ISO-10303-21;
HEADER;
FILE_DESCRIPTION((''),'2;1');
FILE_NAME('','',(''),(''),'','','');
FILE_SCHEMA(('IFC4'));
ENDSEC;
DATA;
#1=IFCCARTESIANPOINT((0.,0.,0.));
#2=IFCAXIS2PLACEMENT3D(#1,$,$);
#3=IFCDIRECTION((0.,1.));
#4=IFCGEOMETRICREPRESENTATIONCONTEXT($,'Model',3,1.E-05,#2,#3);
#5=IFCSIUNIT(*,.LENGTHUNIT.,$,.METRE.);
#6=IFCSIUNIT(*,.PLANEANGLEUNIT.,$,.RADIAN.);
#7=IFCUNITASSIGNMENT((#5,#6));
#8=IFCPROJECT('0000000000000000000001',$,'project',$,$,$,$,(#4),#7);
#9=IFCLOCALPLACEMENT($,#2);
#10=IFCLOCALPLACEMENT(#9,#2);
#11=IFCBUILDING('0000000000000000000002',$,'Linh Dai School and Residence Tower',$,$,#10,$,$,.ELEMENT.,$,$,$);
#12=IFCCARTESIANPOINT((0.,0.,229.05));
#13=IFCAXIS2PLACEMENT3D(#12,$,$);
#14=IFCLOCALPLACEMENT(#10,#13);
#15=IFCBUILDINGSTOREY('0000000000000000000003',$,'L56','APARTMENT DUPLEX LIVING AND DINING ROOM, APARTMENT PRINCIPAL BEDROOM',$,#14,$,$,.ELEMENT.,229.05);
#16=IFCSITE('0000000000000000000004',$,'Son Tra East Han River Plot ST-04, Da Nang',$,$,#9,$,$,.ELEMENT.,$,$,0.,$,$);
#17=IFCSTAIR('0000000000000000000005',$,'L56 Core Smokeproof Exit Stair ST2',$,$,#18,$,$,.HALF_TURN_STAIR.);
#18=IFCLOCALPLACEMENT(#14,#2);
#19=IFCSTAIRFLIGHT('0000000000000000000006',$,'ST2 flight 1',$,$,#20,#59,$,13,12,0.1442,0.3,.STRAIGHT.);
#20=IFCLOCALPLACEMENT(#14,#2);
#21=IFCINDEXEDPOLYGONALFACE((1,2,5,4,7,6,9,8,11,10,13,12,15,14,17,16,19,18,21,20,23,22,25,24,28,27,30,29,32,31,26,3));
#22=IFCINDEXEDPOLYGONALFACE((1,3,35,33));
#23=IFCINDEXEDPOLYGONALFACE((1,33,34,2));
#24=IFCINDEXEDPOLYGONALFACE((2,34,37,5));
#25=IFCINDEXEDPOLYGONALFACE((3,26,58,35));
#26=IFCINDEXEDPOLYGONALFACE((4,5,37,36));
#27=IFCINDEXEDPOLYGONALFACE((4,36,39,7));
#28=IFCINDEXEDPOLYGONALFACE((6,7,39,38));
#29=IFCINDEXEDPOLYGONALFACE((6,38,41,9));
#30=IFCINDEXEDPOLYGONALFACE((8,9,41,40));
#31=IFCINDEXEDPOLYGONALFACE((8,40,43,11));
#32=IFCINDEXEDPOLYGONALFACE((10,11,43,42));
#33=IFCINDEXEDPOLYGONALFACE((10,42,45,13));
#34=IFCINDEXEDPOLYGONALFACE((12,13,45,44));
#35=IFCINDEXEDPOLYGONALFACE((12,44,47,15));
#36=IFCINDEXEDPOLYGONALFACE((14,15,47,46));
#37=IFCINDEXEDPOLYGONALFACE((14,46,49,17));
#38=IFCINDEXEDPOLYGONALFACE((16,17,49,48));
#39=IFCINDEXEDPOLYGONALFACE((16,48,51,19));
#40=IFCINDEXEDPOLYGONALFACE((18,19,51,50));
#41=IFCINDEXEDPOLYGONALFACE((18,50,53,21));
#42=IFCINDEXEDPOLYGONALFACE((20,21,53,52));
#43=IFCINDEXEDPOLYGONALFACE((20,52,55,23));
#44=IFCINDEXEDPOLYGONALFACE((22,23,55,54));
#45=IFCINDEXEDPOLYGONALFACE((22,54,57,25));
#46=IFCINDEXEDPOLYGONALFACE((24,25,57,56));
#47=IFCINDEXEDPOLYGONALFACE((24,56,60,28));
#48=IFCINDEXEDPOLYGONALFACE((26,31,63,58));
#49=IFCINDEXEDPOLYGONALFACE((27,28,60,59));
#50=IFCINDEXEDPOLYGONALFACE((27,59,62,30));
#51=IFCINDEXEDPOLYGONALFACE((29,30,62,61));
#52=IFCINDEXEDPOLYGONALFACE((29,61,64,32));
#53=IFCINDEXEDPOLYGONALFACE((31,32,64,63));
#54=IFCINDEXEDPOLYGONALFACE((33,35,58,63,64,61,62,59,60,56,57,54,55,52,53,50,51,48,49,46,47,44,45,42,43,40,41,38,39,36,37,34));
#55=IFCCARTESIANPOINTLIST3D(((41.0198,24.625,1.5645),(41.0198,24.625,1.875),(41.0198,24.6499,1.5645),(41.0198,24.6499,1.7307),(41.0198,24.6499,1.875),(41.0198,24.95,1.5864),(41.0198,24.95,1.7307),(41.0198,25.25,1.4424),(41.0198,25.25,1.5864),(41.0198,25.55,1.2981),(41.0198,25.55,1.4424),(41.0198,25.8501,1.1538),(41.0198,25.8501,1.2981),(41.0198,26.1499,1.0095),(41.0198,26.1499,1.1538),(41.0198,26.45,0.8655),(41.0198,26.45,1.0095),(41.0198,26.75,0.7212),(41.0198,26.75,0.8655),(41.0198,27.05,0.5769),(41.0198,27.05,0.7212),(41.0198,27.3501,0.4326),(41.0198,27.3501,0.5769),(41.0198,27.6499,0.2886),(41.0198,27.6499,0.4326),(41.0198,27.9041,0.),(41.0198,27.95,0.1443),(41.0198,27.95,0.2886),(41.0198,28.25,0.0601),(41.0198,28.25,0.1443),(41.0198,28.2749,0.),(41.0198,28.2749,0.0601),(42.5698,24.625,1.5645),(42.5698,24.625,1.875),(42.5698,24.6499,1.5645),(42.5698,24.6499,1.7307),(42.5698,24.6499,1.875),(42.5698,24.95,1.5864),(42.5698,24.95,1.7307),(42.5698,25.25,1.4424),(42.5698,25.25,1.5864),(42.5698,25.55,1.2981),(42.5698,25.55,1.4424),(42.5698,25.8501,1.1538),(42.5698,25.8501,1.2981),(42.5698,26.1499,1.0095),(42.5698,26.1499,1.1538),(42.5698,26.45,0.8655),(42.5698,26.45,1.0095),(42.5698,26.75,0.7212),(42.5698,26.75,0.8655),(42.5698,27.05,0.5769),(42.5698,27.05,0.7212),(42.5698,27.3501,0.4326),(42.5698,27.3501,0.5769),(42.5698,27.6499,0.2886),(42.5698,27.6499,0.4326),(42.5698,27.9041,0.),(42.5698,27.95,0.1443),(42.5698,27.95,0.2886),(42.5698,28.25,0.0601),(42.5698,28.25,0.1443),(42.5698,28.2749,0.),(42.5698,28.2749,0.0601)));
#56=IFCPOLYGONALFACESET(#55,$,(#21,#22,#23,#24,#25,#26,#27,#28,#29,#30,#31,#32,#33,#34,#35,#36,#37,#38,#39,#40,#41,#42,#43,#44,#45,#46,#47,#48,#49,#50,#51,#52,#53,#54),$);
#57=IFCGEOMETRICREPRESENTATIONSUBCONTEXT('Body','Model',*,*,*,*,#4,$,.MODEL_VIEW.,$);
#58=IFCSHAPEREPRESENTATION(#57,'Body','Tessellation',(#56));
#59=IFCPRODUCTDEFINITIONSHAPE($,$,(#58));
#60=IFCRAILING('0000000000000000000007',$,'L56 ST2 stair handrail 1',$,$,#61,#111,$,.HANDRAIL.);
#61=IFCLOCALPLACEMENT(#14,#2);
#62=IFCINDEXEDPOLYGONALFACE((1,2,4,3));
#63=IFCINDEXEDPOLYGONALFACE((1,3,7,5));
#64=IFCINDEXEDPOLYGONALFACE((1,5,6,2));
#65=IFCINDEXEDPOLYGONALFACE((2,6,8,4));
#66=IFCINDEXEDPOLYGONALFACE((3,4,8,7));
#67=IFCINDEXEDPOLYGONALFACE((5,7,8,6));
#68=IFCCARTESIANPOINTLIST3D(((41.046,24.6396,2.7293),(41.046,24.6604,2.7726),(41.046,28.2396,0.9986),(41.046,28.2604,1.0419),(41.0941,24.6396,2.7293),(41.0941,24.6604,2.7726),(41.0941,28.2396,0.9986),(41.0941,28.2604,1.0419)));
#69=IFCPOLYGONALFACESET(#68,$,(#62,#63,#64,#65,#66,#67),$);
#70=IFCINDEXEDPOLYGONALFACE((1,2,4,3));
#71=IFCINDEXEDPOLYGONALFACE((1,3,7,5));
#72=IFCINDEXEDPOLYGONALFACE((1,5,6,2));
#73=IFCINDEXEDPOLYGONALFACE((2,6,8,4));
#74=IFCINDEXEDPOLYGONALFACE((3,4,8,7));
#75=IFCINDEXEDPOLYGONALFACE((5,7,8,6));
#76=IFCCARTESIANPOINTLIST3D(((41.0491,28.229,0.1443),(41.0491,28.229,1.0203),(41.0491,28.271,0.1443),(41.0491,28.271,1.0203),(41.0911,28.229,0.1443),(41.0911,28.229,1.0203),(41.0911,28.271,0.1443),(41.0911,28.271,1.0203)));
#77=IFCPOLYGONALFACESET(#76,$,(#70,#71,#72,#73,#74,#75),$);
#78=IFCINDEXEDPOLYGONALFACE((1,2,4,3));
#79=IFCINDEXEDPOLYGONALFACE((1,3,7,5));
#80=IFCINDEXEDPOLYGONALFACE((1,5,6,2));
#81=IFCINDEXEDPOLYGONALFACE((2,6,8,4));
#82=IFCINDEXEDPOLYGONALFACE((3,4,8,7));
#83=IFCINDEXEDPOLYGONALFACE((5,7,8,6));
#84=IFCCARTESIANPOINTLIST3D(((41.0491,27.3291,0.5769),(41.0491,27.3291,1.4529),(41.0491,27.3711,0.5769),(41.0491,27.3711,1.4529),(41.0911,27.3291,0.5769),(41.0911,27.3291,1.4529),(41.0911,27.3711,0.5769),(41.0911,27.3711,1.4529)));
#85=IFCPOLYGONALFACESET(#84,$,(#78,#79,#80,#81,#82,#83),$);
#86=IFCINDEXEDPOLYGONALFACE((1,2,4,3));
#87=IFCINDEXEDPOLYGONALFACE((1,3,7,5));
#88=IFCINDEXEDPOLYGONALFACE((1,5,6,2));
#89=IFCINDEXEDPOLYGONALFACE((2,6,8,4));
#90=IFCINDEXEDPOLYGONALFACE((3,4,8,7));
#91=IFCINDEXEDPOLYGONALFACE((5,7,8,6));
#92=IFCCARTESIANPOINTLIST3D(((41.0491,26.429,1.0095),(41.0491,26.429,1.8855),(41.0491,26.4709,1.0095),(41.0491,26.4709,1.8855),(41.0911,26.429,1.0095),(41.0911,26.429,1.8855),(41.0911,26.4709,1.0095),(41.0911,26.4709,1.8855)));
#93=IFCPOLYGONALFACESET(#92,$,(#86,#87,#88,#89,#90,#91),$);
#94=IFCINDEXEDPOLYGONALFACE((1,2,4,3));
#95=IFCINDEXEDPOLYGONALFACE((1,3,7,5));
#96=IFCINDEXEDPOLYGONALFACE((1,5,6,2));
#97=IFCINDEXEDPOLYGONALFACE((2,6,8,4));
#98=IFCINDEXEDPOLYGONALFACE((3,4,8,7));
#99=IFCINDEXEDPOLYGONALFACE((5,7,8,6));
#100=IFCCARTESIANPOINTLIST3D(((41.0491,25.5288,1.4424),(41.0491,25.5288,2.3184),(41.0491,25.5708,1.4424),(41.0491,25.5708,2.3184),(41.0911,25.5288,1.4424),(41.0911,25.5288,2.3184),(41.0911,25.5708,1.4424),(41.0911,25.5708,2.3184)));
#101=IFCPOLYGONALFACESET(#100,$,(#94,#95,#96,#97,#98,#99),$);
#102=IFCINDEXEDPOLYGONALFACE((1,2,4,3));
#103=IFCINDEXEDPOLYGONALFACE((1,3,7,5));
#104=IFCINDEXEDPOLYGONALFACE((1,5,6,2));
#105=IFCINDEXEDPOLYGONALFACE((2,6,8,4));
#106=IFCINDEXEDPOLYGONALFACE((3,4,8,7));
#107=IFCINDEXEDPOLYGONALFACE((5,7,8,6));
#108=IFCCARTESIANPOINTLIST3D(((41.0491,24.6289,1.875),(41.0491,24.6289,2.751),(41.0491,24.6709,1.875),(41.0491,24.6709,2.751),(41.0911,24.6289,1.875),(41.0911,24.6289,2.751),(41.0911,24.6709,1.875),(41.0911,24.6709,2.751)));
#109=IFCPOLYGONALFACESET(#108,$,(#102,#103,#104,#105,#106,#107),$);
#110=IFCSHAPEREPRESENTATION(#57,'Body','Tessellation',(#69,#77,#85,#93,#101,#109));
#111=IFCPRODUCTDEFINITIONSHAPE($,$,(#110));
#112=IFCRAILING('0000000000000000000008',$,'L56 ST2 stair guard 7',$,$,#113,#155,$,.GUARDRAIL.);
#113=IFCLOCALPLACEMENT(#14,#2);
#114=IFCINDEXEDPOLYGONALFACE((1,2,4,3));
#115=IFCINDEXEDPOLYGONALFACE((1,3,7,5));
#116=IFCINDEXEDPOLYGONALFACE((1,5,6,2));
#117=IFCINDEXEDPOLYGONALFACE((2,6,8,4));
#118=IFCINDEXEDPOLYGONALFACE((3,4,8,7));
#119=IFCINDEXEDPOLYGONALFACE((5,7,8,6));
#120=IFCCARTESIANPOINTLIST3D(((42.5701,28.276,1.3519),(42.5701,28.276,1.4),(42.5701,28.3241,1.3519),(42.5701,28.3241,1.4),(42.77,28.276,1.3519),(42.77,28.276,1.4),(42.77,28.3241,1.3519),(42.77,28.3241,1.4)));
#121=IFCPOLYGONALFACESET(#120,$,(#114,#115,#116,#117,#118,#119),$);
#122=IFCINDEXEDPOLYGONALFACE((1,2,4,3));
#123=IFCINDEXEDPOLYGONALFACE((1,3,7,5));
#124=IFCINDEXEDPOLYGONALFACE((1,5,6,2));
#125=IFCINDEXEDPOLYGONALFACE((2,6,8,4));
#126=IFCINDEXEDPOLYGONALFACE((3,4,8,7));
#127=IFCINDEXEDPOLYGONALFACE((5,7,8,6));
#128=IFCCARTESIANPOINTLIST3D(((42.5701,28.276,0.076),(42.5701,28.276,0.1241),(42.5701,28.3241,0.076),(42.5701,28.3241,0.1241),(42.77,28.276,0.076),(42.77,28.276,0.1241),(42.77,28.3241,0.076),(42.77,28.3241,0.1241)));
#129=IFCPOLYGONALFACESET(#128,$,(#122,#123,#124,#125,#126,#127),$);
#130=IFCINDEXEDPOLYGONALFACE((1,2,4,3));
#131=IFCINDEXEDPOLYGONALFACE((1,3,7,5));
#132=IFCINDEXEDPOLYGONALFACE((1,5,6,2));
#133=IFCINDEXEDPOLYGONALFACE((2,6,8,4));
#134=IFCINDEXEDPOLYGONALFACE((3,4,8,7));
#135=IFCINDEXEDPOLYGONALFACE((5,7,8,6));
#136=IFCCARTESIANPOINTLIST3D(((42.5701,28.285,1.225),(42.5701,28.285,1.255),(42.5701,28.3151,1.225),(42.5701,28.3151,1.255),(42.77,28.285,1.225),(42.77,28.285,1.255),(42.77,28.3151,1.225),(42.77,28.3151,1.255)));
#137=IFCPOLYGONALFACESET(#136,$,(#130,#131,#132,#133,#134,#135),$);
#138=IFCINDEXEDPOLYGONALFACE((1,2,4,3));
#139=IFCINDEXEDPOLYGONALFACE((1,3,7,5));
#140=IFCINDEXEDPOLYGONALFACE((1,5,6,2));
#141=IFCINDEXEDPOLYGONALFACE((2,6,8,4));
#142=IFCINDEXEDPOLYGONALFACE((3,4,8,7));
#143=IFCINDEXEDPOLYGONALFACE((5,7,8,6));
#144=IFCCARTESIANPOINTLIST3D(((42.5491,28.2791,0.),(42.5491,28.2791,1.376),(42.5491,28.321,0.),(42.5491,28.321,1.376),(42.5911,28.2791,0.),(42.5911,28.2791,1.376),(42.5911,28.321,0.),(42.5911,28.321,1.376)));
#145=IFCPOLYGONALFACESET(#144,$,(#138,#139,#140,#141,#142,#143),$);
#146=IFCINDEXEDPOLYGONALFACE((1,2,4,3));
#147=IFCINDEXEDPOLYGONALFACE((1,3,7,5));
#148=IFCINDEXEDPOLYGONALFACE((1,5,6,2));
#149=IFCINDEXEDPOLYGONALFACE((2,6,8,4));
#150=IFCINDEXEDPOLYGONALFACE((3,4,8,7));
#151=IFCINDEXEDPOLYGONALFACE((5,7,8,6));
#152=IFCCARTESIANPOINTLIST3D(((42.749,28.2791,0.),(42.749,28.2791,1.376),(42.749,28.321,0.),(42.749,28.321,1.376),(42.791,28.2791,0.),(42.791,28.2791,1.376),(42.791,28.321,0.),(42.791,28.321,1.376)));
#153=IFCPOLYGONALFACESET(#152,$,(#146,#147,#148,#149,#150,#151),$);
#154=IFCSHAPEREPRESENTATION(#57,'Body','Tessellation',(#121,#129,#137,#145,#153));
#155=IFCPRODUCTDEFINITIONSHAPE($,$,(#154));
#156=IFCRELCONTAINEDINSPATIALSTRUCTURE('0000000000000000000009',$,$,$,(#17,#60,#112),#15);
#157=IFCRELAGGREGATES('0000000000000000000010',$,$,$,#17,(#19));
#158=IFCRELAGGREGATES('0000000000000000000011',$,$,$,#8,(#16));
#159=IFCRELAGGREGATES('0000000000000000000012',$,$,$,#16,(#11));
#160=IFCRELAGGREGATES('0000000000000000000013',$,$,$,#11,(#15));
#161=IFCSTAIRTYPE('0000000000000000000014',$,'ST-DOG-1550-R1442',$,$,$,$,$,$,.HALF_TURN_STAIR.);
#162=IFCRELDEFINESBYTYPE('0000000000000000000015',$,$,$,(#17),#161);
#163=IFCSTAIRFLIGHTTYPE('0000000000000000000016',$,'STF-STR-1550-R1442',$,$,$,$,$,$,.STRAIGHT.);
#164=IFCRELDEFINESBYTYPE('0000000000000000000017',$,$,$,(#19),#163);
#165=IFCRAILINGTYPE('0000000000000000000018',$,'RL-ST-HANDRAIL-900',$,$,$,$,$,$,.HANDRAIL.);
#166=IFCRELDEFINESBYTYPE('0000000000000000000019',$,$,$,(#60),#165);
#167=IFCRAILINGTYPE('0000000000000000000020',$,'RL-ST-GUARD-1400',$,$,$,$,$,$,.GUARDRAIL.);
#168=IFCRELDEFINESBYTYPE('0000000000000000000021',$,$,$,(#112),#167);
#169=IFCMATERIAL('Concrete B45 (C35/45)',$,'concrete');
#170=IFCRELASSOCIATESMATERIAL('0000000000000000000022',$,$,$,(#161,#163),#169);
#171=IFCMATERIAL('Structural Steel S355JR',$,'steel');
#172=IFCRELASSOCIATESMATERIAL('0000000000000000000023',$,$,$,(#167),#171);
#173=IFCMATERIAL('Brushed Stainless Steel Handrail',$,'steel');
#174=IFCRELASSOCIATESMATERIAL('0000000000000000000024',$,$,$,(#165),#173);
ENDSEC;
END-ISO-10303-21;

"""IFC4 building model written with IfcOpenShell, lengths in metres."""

from ifc_helpers import new_model, si_unit, direction, frame, origin, origin_2d, place, context, subcontext, project, spatial, polyline, rectangle, outline, extrude, source, transform, mapped, material, type_object, element, aggregate, save


model = new_model("IFC4")

# Units and contexts
model_context = context("Model", 3, precision=1e-05, world=origin(), true_north=direction((0.0, 1.0)))
body_context = subcontext(model_context, "Body", "Model", "MODEL_VIEW")
ifc_project = project(units=[si_unit("LENGTHUNIT", "METRE"), si_unit("PLANEANGLEUNIT", "RADIAN")], contexts=[model_context])

# Site, building, storey
site_placement = place(None, origin())
site = spatial("IfcSite", under=ifc_project, at=site_placement, Name="Son Tra East Han River Plot ST-04, Da Nang", CompositionType="ELEMENT", RefElevation=0.0)
building_placement = place(site_placement, origin())
building = spatial("IfcBuilding", under=site, at=building_placement, Name="Linh Dai School and Residence Tower", CompositionType="ELEMENT")
storey_placement = place(building_placement, frame((0.0, 0.0, 229.05)))
storey = spatial("IfcBuildingStorey", under=building, at=storey_placement, Name="L56", Description="APARTMENT DUPLEX LIVING AND DINING ROOM, APARTMENT PRINCIPAL BEDROOM", CompositionType="ELEMENT", Elevation=229.05)

# Shared definitions
ifc_material_1 = material(Name="Structural Steel S355JR", Category="steel")

# Shared definitions
ifc_material_2 = material(Name="Concrete B45 (C35/45)", Category="concrete")

# Stair, stair flight
stair_type = type_object("IfcStairType", Name="ST-DOG-1550-R1442", PredefinedType="HALF_TURN_STAIR", material=ifc_material_2)
stair_placement = place(storey_placement, origin())
stair = element("IfcStair", 1, at=stair_placement, inside=storey, type_object=stair_type, Name="L56 Core Smokeproof Exit Stair ST2", PredefinedType="HALF_TURN_STAIR")
stair_flight_type = type_object("IfcStairFlightType", Name="STF-STR-1550-R1442", PredefinedType="STRAIGHT", material=ifc_material_2)
shared_shape_1 = source(origin(), body_context, "Body", "SweptSolid", [
    extrude(outline(polyline([(-0.0249, 0.0), (-0.0249, 0.0601), (0.0, 0.0601), (0.0, 0.1443), (0.3, 0.1443), (0.3, 0.2886), (0.6001, 0.2886), (0.6001, 0.4326), (0.8999, 0.4326), (0.8999, 0.5769), (1.2, 0.5769), (1.2, 0.7212), (1.5, 0.7212), (1.5, 0.8655), (1.8, 0.8655), (1.8, 1.0095), (2.1001, 1.0095), (2.1001, 1.1538), (2.3999, 1.1538), (2.3999, 1.2981), (2.7, 1.2981), (2.7, 1.4424), (3.0, 1.4424), (3.0, 1.5864), (3.3, 1.5864), (3.3, 1.7307), (3.6001, 1.7307), (3.6001, 1.875), (3.625, 1.875), (3.625, 1.5645), (3.6001, 1.5645), (0.3459, 0.0), (-0.0249, 0.0)])), frame((0.0, 0.7749, 0.0), z_axis=(0.0, -1.0, 0.0), x_axis=(1.0, 0.0, 0.0)), (0.0, 0.0, 1.0), 1.55),
])
stair_flight_placement = place(storey_placement, frame((41.7949, 28.25, 0.0), z_axis=(0.0, 0.0, 1.0), x_axis=(0.0, -1.0, 0.0)))
stair_flight = element("IfcStairFlight", 2, at=stair_flight_placement, type_object=stair_flight_type, Name="ST2 flight 1", NumberOfRisers=13, NumberOfTreads=12, PredefinedType="STRAIGHT", RiserHeight=0.1442, TreadLength=0.3, context=body_context, shape_type="MappedRepresentation", body=[
    mapped(shared_shape_1, transform((0.0, 0.0, 0.0), x_axis=(1.0, 0.0, 0.0), y_axis=(0.0, 1.0, 0.0), z_axis=(0.0, 0.0, 1.0), scale=1.0)),
])
aggregate(stair, [stair_flight])

# Railings
railing_type_1 = type_object("IfcRailingType", Name="RL-ST-GUARD-1400", PredefinedType="GUARDRAIL", material=ifc_material_1)
ifc_material_3 = material(Name="Brushed Stainless Steel Handrail", Category="steel")
railing_type_2 = type_object("IfcRailingType", Name="RL-ST-HANDRAIL-900", PredefinedType="HANDRAIL", material=ifc_material_3)
shared_shape_2 = source(origin(), body_context, "Body", "SweptSolid", [
    extrude(rectangle(XDim=0.0481, YDim=0.0481, at=origin_2d()), frame((0.0, 0.0, 0.876), z_axis=(0.0, -0.901263, 0.433273), x_axis=(1.0, 0.0, 0.0)), (0.0, 0.0, 1.0), 3.9944),
    extrude(rectangle(XDim=0.042, YDim=0.042, at=origin_2d()), origin(), (0.0, 0.0, 1.0), 0.876),
    extrude(rectangle(XDim=0.042, YDim=0.042, at=origin_2d()), frame((0.0, -0.8999, 0.4326)), (0.0, 0.0, 1.0), 0.876),
    extrude(rectangle(XDim=0.042, YDim=0.042, at=origin_2d()), frame((0.0, -1.8, 0.8652)), (0.0, 0.0, 1.0), 0.876),
    extrude(rectangle(XDim=0.042, YDim=0.042, at=origin_2d()), frame((0.0, -2.7002, 1.2981)), (0.0, 0.0, 1.0), 0.876),
    extrude(rectangle(XDim=0.042, YDim=0.042, at=origin_2d()), frame((0.0, -3.6001, 1.7307)), (0.0, 0.0, 1.0), 0.876),
])
railing_1_placement = place(storey_placement, frame((41.0701, 28.25, 0.1443)))
element("IfcRailing", 3, at=railing_1_placement, inside=storey, type_object=railing_type_2, Name="L56 ST2 stair handrail 1", PredefinedType="HANDRAIL", context=body_context, shape_type="MappedRepresentation", body=[
    mapped(shared_shape_2, transform((0.0, 0.0, 0.0), x_axis=(1.0, 0.0, 0.0), y_axis=(0.0, 1.0, 0.0), z_axis=(0.0, 0.0, 1.0), scale=1.0)),
])
shared_shape_3 = source(origin(), body_context, "Body", "SweptSolid", [
    extrude(rectangle(XDim=0.0481, YDim=0.0481, at=origin_2d()), frame((0.0, 0.0, 1.376), z_axis=(1.0, 0.0, 0.0), x_axis=(0.0, 1.0, 0.0)), (0.0, 0.0, 1.0), 0.2),
    extrude(rectangle(XDim=0.0481, YDim=0.0481, at=origin_2d()), frame((0.0, 0.0, 0.1001), z_axis=(1.0, 0.0, 0.0), x_axis=(0.0, 1.0, 0.0)), (0.0, 0.0, 1.0), 0.2),
    extrude(rectangle(XDim=0.03, YDim=0.03, at=origin_2d()), frame((0.0, 0.0, 1.24), z_axis=(1.0, 0.0, 0.0), x_axis=(0.0, 1.0, 0.0)), (0.0, 0.0, 1.0), 0.2),
    extrude(rectangle(XDim=0.042, YDim=0.042, at=origin_2d()), origin(), (0.0, 0.0, 1.0), 1.376),
    extrude(rectangle(XDim=0.042, YDim=0.042, at=origin_2d()), frame((0.2, 0.0, 0.0)), (0.0, 0.0, 1.0), 1.376),
])
railing_2_placement = place(storey_placement, frame((42.5701, 28.3, 0.0)))
element("IfcRailing", 4, at=railing_2_placement, inside=storey, type_object=railing_type_1, Name="L56 ST2 stair guard 7", PredefinedType="GUARDRAIL", context=body_context, shape_type="MappedRepresentation", body=[
    mapped(shared_shape_3, transform((0.0, 0.0, 0.0), x_axis=(1.0, 0.0, 0.0), y_axis=(0.0, 1.0, 0.0), z_axis=(0.0, 0.0, 1.0), scale=1.0)),
])

save(model, "model.ifc")
